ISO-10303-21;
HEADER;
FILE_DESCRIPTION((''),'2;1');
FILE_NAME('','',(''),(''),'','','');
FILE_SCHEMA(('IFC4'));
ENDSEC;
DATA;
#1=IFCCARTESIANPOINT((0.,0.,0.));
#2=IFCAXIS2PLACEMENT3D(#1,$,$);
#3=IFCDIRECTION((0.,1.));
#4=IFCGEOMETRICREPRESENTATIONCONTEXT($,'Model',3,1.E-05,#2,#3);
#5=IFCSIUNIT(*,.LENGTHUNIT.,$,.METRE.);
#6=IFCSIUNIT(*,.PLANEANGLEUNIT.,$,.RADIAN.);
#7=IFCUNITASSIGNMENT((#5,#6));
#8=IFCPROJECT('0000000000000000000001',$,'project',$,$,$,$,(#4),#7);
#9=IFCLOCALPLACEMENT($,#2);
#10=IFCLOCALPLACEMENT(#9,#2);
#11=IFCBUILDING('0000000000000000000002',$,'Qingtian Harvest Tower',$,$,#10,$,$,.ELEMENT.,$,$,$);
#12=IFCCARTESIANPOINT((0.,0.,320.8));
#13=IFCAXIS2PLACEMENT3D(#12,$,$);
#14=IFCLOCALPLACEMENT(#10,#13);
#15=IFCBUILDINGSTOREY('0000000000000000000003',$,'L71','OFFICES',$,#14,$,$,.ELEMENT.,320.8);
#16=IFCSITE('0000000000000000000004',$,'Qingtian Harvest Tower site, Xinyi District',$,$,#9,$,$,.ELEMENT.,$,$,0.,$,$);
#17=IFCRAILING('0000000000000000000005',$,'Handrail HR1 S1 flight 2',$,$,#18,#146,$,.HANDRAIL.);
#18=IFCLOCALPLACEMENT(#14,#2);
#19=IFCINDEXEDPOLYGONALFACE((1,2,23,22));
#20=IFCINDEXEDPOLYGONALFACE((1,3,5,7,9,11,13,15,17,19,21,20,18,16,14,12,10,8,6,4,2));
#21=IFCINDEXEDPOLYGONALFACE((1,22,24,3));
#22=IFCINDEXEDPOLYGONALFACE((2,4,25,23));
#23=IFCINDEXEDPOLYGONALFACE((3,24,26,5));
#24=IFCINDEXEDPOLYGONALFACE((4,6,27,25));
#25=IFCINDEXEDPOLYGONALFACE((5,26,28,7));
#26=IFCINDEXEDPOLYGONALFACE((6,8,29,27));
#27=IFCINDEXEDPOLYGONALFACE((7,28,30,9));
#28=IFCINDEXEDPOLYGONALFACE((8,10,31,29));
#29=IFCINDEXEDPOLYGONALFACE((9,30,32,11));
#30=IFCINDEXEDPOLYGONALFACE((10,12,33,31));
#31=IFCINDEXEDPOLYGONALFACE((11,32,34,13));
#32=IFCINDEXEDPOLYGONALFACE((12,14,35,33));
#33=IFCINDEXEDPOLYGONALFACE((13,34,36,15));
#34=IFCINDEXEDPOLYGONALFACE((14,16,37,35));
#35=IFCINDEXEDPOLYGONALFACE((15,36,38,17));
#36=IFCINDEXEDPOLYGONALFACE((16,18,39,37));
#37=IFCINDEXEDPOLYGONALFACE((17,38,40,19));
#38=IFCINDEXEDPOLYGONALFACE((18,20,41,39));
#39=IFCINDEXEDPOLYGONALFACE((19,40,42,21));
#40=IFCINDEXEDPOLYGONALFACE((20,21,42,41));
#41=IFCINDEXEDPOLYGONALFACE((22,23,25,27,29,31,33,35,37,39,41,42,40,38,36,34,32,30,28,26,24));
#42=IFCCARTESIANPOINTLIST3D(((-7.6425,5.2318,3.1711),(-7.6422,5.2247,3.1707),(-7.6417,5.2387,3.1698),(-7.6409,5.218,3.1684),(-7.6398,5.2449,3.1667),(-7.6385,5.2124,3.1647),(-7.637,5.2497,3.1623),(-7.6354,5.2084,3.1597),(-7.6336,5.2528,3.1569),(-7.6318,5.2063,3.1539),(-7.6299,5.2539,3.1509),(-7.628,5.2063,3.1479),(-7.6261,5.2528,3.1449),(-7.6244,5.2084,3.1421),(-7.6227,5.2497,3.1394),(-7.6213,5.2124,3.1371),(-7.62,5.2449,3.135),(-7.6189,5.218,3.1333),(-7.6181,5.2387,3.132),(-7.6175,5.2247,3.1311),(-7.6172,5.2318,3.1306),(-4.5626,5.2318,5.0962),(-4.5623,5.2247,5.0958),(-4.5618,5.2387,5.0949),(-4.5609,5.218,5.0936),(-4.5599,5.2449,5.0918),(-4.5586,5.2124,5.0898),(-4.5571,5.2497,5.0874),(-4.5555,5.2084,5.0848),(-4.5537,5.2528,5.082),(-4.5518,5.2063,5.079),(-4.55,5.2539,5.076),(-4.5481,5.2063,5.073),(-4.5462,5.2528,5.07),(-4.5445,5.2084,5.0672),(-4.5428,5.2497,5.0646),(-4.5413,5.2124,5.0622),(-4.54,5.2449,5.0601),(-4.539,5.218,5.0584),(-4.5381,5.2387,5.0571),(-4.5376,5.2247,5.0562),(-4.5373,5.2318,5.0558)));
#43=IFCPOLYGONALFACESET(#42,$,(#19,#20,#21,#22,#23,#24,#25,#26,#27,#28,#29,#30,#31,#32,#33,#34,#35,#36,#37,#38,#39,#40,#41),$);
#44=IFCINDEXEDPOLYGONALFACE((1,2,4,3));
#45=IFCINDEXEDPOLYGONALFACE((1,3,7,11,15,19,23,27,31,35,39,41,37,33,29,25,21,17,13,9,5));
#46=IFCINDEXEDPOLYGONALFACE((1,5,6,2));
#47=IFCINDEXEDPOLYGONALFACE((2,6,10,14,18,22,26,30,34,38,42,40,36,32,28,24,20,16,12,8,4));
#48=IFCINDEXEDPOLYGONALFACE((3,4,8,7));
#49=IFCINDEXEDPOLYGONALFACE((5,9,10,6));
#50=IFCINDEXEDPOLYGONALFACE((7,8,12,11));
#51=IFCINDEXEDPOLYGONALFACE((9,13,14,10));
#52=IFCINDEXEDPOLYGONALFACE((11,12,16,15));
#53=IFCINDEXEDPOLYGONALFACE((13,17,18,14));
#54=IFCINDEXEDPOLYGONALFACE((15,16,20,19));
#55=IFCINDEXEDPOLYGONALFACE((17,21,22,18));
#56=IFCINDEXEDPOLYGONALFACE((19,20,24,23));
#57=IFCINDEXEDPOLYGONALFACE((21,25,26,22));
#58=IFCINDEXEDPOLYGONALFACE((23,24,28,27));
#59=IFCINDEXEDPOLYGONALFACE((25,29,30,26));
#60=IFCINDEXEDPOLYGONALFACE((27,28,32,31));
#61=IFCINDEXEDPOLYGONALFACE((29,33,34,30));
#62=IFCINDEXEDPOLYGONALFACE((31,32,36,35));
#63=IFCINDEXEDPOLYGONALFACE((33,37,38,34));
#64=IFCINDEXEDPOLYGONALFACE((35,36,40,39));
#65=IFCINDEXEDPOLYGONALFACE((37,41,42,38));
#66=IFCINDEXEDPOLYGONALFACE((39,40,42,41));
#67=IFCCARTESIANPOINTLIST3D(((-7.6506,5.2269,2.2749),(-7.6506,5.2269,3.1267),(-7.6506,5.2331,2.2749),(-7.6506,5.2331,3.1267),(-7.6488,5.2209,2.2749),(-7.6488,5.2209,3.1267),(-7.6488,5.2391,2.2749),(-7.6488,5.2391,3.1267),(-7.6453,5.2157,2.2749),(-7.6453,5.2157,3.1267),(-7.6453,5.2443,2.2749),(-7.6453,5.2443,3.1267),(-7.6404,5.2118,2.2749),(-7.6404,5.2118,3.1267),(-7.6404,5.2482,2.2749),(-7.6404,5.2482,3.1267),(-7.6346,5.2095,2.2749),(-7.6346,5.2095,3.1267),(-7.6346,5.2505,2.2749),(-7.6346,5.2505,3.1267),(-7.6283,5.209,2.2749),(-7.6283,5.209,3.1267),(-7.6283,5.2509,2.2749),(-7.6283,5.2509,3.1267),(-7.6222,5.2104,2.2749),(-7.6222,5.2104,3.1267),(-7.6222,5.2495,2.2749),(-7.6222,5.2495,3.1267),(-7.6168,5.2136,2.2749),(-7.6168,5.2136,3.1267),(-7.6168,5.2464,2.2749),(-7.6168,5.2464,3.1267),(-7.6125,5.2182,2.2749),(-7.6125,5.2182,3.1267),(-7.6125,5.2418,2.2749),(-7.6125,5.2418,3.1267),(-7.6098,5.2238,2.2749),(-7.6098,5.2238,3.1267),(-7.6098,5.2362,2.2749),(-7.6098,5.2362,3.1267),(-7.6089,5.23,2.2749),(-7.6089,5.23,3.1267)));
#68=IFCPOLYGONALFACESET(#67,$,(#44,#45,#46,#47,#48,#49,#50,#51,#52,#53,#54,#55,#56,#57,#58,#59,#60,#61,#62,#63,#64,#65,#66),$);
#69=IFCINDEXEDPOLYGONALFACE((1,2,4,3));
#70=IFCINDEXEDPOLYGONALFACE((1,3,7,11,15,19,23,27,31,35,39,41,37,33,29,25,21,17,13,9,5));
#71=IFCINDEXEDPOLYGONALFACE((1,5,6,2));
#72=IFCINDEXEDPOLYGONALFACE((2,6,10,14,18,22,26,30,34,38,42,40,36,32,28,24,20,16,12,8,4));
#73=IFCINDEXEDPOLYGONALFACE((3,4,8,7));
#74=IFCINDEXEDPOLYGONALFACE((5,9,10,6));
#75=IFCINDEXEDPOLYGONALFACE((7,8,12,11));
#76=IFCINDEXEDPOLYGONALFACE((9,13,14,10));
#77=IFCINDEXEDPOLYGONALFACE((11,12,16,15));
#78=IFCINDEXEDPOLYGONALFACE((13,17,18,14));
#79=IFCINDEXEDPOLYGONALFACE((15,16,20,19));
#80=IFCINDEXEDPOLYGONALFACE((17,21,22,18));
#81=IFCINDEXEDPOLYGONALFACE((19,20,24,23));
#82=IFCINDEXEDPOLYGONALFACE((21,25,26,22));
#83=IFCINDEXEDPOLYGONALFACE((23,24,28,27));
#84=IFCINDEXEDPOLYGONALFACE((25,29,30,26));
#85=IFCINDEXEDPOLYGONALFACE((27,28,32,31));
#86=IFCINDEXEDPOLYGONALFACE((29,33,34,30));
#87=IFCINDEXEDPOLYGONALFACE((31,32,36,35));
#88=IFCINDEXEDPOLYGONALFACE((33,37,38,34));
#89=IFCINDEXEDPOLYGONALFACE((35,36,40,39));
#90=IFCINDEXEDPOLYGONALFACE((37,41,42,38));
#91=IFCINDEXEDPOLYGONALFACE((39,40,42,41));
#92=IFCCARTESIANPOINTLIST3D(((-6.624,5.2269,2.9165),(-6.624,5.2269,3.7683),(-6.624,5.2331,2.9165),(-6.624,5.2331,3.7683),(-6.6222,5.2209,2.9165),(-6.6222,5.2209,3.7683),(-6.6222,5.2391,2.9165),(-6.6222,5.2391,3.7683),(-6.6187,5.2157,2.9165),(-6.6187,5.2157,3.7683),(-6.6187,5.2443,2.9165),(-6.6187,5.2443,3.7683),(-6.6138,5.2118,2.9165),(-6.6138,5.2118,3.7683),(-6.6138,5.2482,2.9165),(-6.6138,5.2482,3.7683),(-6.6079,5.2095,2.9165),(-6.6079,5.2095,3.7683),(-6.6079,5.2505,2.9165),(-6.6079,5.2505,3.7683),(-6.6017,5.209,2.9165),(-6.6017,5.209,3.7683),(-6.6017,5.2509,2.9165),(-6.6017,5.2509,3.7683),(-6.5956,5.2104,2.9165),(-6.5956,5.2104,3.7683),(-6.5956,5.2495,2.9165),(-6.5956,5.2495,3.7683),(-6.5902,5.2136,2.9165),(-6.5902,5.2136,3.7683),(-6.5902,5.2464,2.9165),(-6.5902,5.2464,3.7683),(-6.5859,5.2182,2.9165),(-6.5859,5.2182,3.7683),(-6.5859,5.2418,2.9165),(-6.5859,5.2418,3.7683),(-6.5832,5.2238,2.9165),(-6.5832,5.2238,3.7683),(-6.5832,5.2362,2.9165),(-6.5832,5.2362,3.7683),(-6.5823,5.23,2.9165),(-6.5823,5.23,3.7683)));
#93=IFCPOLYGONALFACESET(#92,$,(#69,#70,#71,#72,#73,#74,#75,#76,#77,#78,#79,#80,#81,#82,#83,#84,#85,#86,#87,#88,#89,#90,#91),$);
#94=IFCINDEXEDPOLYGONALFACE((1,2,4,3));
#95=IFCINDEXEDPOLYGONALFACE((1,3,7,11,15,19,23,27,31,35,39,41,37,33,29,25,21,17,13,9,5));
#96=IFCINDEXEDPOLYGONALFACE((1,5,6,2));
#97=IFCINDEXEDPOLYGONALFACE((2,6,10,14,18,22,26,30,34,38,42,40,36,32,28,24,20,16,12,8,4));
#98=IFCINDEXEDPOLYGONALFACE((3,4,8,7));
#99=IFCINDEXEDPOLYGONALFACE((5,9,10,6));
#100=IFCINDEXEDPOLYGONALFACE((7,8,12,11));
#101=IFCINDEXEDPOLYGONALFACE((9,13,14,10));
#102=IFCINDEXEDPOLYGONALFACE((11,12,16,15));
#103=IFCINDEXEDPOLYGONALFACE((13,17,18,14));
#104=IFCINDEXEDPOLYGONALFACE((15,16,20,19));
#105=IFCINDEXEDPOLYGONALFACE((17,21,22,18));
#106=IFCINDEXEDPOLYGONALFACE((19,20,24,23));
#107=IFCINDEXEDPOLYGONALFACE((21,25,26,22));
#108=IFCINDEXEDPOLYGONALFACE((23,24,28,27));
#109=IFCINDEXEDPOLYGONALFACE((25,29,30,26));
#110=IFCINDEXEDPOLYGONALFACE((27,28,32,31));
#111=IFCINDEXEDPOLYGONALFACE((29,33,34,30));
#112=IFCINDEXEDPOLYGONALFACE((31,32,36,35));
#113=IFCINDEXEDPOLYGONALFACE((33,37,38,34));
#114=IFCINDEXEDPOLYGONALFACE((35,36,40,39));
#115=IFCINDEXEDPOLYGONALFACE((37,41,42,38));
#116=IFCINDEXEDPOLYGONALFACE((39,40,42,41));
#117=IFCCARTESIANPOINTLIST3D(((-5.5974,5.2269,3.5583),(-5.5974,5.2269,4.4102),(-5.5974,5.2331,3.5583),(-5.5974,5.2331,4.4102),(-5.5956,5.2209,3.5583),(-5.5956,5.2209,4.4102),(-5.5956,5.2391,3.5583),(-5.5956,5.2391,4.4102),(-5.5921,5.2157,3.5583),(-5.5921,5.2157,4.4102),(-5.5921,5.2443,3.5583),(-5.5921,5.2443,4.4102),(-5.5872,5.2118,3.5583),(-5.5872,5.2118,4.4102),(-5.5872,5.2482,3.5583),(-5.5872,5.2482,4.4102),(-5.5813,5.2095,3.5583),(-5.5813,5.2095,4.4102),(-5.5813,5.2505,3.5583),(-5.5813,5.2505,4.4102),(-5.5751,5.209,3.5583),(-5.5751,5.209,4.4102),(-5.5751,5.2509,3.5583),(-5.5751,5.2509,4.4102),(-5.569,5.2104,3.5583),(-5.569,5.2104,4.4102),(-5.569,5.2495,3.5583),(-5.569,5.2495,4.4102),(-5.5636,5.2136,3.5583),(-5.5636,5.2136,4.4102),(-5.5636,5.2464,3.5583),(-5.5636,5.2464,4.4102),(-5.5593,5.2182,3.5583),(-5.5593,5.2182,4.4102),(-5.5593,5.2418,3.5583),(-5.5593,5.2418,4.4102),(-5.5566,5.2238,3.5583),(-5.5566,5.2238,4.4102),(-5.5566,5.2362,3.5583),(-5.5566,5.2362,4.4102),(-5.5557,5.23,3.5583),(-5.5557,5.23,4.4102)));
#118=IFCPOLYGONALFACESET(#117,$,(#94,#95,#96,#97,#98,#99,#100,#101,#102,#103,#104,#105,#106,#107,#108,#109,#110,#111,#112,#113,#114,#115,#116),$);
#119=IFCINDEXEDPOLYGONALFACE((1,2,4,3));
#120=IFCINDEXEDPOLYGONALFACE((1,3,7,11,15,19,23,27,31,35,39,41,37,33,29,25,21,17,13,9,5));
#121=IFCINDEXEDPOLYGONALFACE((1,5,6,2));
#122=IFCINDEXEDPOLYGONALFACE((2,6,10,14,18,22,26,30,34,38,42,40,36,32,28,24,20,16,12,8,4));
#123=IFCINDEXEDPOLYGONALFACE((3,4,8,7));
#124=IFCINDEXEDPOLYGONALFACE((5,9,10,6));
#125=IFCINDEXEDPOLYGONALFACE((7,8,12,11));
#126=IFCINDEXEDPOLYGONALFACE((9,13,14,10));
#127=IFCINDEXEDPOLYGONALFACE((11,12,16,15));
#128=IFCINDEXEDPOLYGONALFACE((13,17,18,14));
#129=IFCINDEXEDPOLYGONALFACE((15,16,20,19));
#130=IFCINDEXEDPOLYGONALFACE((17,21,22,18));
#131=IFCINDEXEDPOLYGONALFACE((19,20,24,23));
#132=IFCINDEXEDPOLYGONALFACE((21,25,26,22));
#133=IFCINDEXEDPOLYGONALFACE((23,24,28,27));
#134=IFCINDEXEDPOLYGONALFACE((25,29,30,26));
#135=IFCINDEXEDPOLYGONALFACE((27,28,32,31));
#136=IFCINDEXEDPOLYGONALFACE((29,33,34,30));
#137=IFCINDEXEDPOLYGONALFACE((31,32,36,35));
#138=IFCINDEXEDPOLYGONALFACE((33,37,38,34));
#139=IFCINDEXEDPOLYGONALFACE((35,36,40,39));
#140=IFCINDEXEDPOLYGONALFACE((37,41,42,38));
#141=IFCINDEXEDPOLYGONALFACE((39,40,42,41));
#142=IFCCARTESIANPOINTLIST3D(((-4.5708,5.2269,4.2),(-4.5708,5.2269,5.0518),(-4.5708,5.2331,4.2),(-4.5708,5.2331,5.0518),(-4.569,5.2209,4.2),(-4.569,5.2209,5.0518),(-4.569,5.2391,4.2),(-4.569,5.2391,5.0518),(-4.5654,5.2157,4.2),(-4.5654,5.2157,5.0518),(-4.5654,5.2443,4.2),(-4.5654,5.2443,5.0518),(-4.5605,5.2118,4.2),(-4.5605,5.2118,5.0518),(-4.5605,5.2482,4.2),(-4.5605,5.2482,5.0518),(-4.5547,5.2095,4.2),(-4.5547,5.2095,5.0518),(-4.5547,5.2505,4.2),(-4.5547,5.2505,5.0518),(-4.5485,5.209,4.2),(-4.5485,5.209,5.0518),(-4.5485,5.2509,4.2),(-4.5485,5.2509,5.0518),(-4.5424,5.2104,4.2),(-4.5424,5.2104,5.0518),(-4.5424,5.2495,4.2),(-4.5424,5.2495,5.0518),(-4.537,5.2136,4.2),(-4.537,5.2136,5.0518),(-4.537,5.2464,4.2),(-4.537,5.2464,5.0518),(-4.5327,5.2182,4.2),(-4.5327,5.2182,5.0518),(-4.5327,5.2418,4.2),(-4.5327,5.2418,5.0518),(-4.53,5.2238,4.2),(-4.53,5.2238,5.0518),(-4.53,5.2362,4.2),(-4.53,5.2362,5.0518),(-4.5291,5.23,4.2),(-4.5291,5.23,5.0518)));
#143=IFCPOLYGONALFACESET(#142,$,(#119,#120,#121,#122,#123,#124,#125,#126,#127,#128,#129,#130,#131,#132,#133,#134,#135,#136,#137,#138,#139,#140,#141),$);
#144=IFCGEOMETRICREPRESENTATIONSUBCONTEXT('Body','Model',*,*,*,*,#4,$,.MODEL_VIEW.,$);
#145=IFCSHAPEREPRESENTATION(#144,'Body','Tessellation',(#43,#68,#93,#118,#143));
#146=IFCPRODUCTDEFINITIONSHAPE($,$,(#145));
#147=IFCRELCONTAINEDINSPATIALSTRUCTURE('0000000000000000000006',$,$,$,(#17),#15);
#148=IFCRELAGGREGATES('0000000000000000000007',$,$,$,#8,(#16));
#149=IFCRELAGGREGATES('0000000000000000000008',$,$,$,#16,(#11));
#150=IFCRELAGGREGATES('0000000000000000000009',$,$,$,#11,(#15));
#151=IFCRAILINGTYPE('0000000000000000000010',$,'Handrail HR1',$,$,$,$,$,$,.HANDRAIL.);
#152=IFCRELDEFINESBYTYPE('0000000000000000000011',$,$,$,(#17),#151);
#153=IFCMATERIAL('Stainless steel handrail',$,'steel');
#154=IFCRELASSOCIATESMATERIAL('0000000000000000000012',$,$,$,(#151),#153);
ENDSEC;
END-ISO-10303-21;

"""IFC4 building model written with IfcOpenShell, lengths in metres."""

from ifc_helpers import new_model, si_unit, direction, frame, origin, origin_2d, place, context, subcontext, project, spatial, circle, extrude, material, type_object, element, save


model = new_model("IFC4")

# Units and contexts
model_context = context("Model", 3, precision=1e-05, world=origin(), true_north=direction((0.0, 1.0)))
body_context = subcontext(model_context, "Body", "Model", "MODEL_VIEW")
ifc_project = project(units=[si_unit("LENGTHUNIT", "METRE"), si_unit("PLANEANGLEUNIT", "RADIAN")], contexts=[model_context])

# Site, building, storey
site_placement = place(None, origin())
site = spatial("IfcSite", under=ifc_project, at=site_placement, Name="Qingtian Harvest Tower site, Xinyi District", CompositionType="ELEMENT", RefElevation=0.0)
building_placement = place(site_placement, origin())
building = spatial("IfcBuilding", under=site, at=building_placement, Name="Qingtian Harvest Tower", CompositionType="ELEMENT")
storey_placement = place(building_placement, frame((0.0, 0.0, 320.8)))
storey = spatial("IfcBuildingStorey", under=building, at=storey_placement, Name="L71", Description="OFFICES", CompositionType="ELEMENT", Elevation=320.8)

# Railing
ifc_material_1 = material(Name="Stainless steel handrail", Category="steel")
railing_type = type_object("IfcRailingType", Name="Handrail HR1", PredefinedType="HANDRAIL", material=ifc_material_1)
railing_placement = place(storey_placement, frame((-7.6299, 5.23, 2.2749)))
element("IfcRailing", 1, at=railing_placement, inside=storey, type_object=railing_type, Name="Handrail HR1 S1 flight 2", PredefinedType="HANDRAIL", context=body_context, shape_type="SweptSolid", body=[
    extrude(circle(Radius=0.0239, at=origin_2d()), frame((0.0, 0.0, 0.876), z_axis=(0.847979, 0.0, 0.530029), x_axis=(0.0, 1.0, 0.0)), (0.0, 0.0, 1.0), 3.6321),
    extrude(circle(Radius=0.021, at=origin_2d()), origin(), (0.0, 0.0, 1.0), 0.8518),
    extrude(circle(Radius=0.021, at=origin_2d()), frame((1.0266, 0.0, 0.6416)), (0.0, 0.0, 1.0), 0.8518),
    extrude(circle(Radius=0.021, at=origin_2d()), frame((2.0532, 0.0, 1.2834)), (0.0, 0.0, 1.0), 0.8518),
    extrude(circle(Radius=0.021, at=origin_2d()), frame((3.0798, 0.0, 1.925)), (0.0, 0.0, 1.0), 0.8518),
])

save(model, "model.ifc")
